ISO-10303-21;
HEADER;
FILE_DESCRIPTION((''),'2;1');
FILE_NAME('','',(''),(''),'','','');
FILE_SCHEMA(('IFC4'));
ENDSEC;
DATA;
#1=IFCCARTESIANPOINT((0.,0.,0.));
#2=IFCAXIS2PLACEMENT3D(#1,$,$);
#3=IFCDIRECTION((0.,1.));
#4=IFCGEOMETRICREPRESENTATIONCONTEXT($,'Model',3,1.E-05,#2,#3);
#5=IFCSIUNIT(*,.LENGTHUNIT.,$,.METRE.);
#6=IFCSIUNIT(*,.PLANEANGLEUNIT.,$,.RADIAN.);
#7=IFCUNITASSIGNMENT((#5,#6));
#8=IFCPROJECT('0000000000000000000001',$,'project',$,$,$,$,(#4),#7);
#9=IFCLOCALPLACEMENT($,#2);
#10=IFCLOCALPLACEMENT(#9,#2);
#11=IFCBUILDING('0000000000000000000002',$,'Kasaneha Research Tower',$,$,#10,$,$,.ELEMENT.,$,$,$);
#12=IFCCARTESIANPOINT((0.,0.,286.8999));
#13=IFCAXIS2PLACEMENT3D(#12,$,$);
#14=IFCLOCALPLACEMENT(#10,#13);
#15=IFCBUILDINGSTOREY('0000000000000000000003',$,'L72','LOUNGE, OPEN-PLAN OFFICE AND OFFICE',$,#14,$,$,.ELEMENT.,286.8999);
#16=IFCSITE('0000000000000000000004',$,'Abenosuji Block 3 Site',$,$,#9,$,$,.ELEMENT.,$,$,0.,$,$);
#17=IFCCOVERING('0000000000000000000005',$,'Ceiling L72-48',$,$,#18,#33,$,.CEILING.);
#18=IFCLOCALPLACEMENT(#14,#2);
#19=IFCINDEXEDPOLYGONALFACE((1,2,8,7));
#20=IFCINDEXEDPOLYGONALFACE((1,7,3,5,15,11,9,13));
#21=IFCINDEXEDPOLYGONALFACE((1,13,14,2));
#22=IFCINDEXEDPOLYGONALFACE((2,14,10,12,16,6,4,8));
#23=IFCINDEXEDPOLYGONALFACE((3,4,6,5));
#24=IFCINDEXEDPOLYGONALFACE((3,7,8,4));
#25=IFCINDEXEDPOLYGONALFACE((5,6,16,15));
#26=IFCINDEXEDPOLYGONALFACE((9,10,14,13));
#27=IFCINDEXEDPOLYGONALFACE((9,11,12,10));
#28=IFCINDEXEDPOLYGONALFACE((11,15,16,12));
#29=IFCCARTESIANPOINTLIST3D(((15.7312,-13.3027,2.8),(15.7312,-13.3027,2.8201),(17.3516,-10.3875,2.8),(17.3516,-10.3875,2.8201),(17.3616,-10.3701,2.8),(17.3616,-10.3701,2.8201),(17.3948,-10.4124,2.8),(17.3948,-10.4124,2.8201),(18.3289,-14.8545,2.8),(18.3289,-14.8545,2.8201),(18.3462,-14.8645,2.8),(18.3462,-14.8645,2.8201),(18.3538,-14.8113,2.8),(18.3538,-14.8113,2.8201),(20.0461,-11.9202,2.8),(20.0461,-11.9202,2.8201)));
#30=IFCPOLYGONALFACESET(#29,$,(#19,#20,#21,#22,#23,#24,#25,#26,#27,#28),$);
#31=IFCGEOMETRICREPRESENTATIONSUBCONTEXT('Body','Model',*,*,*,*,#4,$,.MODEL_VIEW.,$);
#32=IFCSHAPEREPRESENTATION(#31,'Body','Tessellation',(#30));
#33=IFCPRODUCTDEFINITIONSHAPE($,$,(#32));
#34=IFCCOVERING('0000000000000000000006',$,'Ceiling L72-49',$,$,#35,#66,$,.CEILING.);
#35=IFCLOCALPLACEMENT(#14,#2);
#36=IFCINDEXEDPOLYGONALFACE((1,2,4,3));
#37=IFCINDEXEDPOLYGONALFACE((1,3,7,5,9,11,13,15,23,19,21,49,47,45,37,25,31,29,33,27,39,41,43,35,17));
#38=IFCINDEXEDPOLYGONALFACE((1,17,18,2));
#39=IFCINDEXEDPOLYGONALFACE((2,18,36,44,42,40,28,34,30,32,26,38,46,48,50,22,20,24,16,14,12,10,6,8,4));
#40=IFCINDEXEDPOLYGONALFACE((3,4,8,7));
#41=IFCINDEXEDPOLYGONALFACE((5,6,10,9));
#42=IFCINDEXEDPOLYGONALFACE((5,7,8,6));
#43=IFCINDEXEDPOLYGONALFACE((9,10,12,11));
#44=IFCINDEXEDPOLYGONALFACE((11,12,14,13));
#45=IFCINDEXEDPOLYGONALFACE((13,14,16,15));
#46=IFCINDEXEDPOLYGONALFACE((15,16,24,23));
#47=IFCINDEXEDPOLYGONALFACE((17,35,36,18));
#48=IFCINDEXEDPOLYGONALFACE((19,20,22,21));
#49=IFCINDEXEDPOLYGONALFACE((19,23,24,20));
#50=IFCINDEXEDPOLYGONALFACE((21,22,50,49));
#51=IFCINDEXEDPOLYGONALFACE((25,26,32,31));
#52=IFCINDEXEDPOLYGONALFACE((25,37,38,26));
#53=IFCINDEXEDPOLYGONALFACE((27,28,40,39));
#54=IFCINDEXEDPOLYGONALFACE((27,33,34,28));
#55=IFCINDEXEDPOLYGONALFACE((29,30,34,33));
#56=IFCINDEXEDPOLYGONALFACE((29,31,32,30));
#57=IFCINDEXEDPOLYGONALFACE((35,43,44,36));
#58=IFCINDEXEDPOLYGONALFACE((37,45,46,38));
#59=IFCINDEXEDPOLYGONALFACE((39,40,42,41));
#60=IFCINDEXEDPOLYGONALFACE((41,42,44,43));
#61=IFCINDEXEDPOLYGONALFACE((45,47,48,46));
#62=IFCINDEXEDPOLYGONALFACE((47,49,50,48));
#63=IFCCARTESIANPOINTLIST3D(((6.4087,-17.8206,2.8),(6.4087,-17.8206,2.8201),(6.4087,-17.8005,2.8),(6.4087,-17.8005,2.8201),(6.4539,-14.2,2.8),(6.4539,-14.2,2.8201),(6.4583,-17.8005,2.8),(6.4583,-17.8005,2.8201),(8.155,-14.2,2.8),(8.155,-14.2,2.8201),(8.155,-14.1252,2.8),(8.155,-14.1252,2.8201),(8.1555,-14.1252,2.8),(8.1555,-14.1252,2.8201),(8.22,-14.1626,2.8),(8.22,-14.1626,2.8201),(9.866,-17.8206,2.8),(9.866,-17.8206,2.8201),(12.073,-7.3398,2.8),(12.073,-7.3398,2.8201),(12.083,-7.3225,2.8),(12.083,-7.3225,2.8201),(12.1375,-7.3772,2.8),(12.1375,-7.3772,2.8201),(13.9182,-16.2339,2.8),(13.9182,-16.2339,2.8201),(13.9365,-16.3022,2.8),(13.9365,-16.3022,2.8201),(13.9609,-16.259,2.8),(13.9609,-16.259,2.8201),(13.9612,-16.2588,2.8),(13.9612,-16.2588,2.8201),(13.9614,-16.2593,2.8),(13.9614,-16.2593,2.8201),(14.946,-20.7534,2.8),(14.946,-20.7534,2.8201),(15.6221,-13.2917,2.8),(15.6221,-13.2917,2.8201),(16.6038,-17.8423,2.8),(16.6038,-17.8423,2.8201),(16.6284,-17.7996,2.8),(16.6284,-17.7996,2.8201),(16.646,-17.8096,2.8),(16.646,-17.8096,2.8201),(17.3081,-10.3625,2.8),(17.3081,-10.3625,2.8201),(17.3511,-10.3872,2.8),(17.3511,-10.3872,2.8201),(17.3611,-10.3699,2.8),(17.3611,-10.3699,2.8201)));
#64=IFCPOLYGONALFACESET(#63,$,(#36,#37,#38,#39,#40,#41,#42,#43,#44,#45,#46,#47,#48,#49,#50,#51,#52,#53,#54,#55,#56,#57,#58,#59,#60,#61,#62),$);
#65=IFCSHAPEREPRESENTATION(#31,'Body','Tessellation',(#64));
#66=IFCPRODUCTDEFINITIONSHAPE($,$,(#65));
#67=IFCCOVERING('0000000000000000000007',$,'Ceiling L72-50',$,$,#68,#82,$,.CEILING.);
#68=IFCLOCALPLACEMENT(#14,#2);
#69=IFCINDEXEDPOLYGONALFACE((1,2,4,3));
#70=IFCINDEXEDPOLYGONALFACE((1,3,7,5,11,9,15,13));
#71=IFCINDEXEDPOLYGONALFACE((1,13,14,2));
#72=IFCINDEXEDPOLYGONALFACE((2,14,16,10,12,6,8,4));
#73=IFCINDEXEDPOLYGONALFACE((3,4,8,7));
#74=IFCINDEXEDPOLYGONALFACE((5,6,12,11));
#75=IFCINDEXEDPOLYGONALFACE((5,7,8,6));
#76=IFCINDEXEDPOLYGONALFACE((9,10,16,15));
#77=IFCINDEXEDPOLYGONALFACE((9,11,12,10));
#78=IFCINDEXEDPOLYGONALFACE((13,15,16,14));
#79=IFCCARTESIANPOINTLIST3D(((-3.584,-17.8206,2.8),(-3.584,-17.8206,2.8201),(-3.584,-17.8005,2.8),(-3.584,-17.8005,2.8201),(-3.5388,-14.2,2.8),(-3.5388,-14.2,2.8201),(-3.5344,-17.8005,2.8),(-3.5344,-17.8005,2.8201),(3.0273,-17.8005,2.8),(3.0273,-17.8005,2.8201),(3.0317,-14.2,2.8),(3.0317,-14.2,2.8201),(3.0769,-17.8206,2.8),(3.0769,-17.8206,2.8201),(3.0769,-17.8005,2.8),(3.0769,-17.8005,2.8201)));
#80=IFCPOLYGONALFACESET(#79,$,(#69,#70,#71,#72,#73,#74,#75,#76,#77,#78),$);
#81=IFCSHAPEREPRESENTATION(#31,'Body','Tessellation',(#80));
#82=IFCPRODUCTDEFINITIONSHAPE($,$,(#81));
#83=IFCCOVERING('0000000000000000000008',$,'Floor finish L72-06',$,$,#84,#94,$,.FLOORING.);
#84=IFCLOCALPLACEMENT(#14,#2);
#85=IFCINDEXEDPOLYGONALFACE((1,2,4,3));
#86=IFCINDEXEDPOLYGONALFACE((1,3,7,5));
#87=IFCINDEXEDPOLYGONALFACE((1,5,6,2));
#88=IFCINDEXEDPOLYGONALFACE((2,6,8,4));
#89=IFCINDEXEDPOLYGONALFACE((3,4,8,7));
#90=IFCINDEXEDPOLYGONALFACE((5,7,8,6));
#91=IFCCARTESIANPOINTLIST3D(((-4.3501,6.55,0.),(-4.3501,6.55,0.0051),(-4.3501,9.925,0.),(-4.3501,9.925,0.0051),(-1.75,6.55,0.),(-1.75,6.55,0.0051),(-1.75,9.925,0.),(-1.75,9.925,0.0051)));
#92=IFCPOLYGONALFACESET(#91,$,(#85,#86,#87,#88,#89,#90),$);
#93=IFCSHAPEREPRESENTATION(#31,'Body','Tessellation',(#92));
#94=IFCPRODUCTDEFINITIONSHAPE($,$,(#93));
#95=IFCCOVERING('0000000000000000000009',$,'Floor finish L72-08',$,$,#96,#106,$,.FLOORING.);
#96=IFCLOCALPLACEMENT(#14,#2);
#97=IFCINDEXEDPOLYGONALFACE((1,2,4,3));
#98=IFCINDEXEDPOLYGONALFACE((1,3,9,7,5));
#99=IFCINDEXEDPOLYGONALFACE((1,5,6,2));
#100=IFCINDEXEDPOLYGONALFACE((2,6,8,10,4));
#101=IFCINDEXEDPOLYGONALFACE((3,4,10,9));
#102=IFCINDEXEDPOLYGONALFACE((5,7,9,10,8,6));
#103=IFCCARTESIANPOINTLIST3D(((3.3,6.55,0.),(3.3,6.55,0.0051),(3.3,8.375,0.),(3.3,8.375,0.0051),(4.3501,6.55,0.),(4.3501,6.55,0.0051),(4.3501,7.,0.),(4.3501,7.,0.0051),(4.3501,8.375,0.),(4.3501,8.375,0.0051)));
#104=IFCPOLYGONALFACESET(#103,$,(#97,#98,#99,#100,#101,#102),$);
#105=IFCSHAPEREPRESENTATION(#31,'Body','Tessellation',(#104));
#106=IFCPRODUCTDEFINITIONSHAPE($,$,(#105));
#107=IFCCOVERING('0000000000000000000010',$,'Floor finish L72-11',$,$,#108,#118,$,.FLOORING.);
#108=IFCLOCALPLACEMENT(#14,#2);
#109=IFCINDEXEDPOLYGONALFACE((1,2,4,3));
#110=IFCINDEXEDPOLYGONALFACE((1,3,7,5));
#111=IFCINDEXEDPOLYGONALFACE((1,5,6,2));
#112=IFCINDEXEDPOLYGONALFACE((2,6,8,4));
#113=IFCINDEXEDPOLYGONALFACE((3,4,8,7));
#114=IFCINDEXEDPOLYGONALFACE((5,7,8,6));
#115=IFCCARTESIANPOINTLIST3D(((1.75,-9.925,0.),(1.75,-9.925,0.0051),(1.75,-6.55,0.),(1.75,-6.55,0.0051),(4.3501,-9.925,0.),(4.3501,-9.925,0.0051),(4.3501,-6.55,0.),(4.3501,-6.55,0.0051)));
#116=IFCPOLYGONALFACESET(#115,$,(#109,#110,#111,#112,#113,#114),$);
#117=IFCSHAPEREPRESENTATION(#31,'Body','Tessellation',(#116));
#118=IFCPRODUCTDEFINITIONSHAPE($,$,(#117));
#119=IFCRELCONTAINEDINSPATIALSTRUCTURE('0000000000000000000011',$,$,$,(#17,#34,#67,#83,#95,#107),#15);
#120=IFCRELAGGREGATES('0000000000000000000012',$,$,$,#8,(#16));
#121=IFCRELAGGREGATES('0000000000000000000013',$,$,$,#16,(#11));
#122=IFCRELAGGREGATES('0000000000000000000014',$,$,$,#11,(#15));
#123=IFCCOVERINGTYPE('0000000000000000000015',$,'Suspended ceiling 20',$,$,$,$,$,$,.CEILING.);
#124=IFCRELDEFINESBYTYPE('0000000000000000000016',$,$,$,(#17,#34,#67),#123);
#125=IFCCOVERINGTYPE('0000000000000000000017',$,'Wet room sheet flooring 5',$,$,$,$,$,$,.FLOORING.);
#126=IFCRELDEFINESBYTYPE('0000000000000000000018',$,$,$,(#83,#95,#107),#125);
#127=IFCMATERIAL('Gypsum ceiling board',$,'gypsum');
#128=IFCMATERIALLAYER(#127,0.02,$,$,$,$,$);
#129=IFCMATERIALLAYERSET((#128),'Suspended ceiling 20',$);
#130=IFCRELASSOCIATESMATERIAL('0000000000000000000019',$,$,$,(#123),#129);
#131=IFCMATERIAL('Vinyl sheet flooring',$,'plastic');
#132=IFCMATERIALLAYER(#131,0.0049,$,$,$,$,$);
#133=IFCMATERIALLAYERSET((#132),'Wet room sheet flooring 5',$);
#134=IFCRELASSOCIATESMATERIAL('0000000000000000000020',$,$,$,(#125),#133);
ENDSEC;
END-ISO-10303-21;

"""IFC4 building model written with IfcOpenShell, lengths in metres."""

from ifc_helpers import new_model, si_unit, direction, frame, origin, place, context, subcontext, project, spatial, polyline, outline, extrude, material, layer, layer_set, type_object, element, save


model = new_model("IFC4")

# Units and contexts
model_context = context("Model", 3, precision=1e-05, world=origin(), true_north=direction((0.0, 1.0)))
body_context = subcontext(model_context, "Body", "Model", "MODEL_VIEW")
ifc_project = project(units=[si_unit("LENGTHUNIT", "METRE"), si_unit("PLANEANGLEUNIT", "RADIAN")], contexts=[model_context])

# Site, building, storey
site_placement = place(None, origin())
site = spatial("IfcSite", under=ifc_project, at=site_placement, Name="Abenosuji Block 3 Site", CompositionType="ELEMENT", RefElevation=0.0)
building_placement = place(site_placement, origin())
building = spatial("IfcBuilding", under=site, at=building_placement, Name="Kasaneha Research Tower", CompositionType="ELEMENT")
storey_placement = place(building_placement, frame((0.0, 0.0, 286.8999)))
storey = spatial("IfcBuildingStorey", under=building, at=storey_placement, Name="L72", Description="LOUNGE, OPEN-PLAN OFFICE AND OFFICE", CompositionType="ELEMENT", Elevation=286.8999)

# Coverings
ifc_material_1 = material(Name="Gypsum ceiling board", Category="gypsum")
ifc_layer_1 = layer(ifc_material_1, 0.02)
ifc_layer_set_1 = layer_set([ifc_layer_1], Name="Suspended ceiling 20")
covering_type_1 = type_object("IfcCoveringType", Name="Suspended ceiling 20", PredefinedType="CEILING", material=ifc_layer_set_1)
covering_1_placement = place(storey_placement, frame((0.0, 0.0, 2.8)))
element("IfcCovering", 1, at=covering_1_placement, inside=storey, type_object=covering_type_1, Name="Ceiling L72-48", PredefinedType="CEILING", context=body_context, shape_type="SweptSolid", body=[
    extrude(outline(polyline([(18.3462, -14.8645), (18.3289, -14.8545), (18.3538, -14.8113), (15.7312, -13.3027), (17.3948, -10.4124), (17.3516, -10.3875), (17.3616, -10.3701), (20.0461, -11.9202), (18.3462, -14.8645)])), origin(), (0.0, 0.0, 1.0), 0.02),
])
covering_2_placement = place(storey_placement, frame((0.0, 0.0, 2.8)))
element("IfcCovering", 2, at=covering_2_placement, inside=storey, type_object=covering_type_1, Name="Ceiling L72-49", PredefinedType="CEILING", context=body_context, shape_type="SweptSolid", body=[
    extrude(outline(polyline([(13.9614, -16.2593), (13.9365, -16.3022), (16.6038, -17.8423), (16.6284, -17.7996), (16.646, -17.8096), (14.946, -20.7534), (9.866, -17.8206), (6.4087, -17.8206), (6.4087, -17.8005), (6.4583, -17.8005), (6.4539, -14.2), (8.155, -14.2), (8.155, -14.1252), (8.1555, -14.1252), (8.1555, -14.1252), (8.22, -14.1626), (12.1375, -7.3772), (12.073, -7.3398), (12.083, -7.3225), (17.3611, -10.3699), (17.3511, -10.3872), (17.3081, -10.3625), (15.6221, -13.2917), (13.9182, -16.2339), (13.9612, -16.2588), (13.9609, -16.259), (13.9614, -16.2593)])), origin(), (0.0, 0.0, 1.0), 0.02),
])
covering_3_placement = place(storey_placement, frame((0.0, 0.0, 2.8)))
element("IfcCovering", 3, at=covering_3_placement, inside=storey, type_object=covering_type_1, Name="Ceiling L72-50", PredefinedType="CEILING", context=body_context, shape_type="SweptSolid", body=[
    extrude(outline(polyline([(3.0769, -17.8206), (-3.584, -17.8206), (-3.584, -17.8005), (-3.5344, -17.8005), (-3.5388, -14.2), (3.0317, -14.2), (3.0273, -17.8005), (3.0769, -17.8005), (3.0769, -17.8206)])), origin(), (0.0, 0.0, 1.0), 0.02),
])
ifc_material_2 = material(Name="Vinyl sheet flooring", Category="plastic")
ifc_layer_2 = layer(ifc_material_2, 0.0049)
ifc_layer_set_2 = layer_set([ifc_layer_2], Name="Wet room sheet flooring 5")
covering_type_2 = type_object("IfcCoveringType", Name="Wet room sheet flooring 5", PredefinedType="FLOORING", material=ifc_layer_set_2)
covering_4_placement = place(storey_placement, origin())
element("IfcCovering", 4, at=covering_4_placement, inside=storey, type_object=covering_type_2, Name="Floor finish L72-06", PredefinedType="FLOORING", context=body_context, shape_type="SweptSolid", body=[
    extrude(outline(polyline([(-1.75, 9.925), (-1.75, 6.55), (-4.3501, 6.55), (-4.3501, 9.925), (-1.75, 9.925)])), origin(), (0.0, 0.0, 1.0), 0.0051),
])
covering_5_placement = place(storey_placement, origin())
element("IfcCovering", 5, at=covering_5_placement, inside=storey, type_object=covering_type_2, Name="Floor finish L72-08", PredefinedType="FLOORING", context=body_context, shape_type="SweptSolid", body=[
    extrude(outline(polyline([(3.3, 6.55), (3.3, 8.375), (4.3501, 8.375), (4.3501, 7.0), (4.3501, 6.55), (3.3, 6.55)])), origin(), (0.0, 0.0, 1.0), 0.0051),
])
covering_6_placement = place(storey_placement, origin())
element("IfcCovering", 6, at=covering_6_placement, inside=storey, type_object=covering_type_2, Name="Floor finish L72-11", PredefinedType="FLOORING", context=body_context, shape_type="SweptSolid", body=[
    extrude(outline(polyline([(1.75, -9.925), (1.75, -6.55), (4.3501, -6.55), (4.3501, -9.925), (1.75, -9.925)])), origin(), (0.0, 0.0, 1.0), 0.0051),
])

save(model, "model.ifc")
